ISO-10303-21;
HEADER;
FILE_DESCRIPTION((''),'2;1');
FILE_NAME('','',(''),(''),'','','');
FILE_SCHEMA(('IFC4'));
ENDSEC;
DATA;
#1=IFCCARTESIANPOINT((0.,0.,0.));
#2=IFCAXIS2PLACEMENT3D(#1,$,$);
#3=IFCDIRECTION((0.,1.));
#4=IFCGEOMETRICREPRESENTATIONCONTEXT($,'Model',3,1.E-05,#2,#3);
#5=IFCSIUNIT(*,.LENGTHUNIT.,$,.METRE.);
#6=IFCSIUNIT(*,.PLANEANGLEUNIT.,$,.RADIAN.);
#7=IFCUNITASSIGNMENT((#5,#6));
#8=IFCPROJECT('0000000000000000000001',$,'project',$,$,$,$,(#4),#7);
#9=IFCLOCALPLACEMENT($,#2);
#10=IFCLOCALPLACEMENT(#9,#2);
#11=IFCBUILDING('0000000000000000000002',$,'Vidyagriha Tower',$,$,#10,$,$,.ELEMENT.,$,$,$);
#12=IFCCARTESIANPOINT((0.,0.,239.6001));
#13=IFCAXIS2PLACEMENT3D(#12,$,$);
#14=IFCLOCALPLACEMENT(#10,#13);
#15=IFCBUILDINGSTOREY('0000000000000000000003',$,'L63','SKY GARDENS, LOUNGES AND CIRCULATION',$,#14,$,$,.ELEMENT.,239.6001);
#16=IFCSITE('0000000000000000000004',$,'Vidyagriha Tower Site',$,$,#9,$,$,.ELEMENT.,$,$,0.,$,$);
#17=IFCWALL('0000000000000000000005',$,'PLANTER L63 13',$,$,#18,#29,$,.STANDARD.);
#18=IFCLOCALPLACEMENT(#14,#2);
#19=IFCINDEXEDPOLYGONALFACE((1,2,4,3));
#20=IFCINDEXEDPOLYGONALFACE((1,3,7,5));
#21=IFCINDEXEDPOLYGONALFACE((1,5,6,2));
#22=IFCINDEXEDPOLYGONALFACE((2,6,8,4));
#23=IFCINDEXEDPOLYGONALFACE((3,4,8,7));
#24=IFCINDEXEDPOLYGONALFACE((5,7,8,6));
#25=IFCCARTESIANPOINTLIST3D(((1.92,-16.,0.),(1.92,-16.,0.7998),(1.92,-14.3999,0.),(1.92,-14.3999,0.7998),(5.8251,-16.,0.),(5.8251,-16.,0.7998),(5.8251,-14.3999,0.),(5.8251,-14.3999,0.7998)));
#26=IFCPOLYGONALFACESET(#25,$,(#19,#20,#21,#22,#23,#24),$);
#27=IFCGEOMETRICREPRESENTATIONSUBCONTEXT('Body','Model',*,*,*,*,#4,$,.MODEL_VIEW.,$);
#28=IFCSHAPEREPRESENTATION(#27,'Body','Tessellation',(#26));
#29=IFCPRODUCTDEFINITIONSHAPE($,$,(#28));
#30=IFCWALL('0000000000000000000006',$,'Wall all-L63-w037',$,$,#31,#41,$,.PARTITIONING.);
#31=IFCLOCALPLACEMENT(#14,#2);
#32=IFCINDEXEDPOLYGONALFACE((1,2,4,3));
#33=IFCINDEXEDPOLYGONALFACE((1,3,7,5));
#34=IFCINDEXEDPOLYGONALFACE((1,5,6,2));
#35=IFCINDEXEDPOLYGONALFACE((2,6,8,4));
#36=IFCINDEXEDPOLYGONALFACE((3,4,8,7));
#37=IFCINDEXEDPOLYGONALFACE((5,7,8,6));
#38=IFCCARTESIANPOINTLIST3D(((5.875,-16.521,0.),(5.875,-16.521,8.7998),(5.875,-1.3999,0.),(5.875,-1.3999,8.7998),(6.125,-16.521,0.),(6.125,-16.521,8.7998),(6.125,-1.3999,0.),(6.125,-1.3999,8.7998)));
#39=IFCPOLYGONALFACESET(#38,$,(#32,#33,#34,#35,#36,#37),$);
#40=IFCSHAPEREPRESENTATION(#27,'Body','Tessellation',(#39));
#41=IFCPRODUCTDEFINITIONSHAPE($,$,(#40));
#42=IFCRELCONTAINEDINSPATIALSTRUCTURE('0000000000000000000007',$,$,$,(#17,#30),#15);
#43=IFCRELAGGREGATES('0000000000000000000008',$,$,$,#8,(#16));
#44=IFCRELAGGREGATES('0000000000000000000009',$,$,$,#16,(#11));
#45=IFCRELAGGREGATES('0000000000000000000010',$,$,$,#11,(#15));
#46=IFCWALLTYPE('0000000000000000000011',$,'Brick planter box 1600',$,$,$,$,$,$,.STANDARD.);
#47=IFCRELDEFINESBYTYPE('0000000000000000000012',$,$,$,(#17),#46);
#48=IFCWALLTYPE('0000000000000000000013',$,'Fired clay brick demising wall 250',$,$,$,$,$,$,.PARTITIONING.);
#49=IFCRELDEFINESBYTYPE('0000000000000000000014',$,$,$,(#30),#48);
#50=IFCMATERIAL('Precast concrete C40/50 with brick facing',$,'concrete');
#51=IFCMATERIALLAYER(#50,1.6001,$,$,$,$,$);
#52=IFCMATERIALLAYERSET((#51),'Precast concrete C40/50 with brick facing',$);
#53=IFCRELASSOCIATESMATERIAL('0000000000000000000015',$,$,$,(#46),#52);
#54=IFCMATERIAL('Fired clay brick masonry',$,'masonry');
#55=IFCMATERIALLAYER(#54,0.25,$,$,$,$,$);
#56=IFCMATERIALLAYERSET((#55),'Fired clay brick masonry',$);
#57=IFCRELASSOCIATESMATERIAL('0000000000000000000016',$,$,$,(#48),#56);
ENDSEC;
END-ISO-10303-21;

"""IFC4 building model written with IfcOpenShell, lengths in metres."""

from ifc_helpers import new_model, si_unit, direction, frame, frame_2d, origin, place, context, subcontext, project, spatial, rectangle, extrude, material, layer, layer_set, type_object, element, save


model = new_model("IFC4")

# Units and contexts
model_context = context("Model", 3, precision=1e-05, world=origin(), true_north=direction((0.0, 1.0)))
body_context = subcontext(model_context, "Body", "Model", "MODEL_VIEW")
ifc_project = project(units=[si_unit("LENGTHUNIT", "METRE"), si_unit("PLANEANGLEUNIT", "RADIAN")], contexts=[model_context])

# Site, building, storey
site_placement = place(None, origin())
site = spatial("IfcSite", under=ifc_project, at=site_placement, Name="Vidyagriha Tower Site", CompositionType="ELEMENT", RefElevation=0.0)
building_placement = place(site_placement, origin())
building = spatial("IfcBuilding", under=site, at=building_placement, Name="Vidyagriha Tower", CompositionType="ELEMENT")
storey_placement = place(building_placement, frame((0.0, 0.0, 239.6001)))
storey = spatial("IfcBuildingStorey", under=building, at=storey_placement, Name="L63", Description="SKY GARDENS, LOUNGES AND CIRCULATION", CompositionType="ELEMENT", Elevation=239.6001)

# Walls
ifc_material_1 = material(Name="Precast concrete C40/50 with brick facing", Category="concrete")
ifc_layer_1 = layer(ifc_material_1, 1.6001)
ifc_layer_set_1 = layer_set([ifc_layer_1], Name="Precast concrete C40/50 with brick facing")
wall_type_1 = type_object("IfcWallType", Name="Brick planter box 1600", PredefinedType="STANDARD", material=ifc_layer_set_1)
wall_1_placement = place(storey_placement, frame((1.9199, -15.2, 0.0)))
element("IfcWall", 1, at=wall_1_placement, inside=storey, type_object=wall_type_1, Name="PLANTER L63 13", PredefinedType="STANDARD", context=body_context, shape_type="SweptSolid", body=[
    extrude(rectangle(XDim=3.905, YDim=1.6001, at=frame_2d((1.9526, 0.0))), origin(), (0.0, 0.0, 1.0), 0.7998),
])
ifc_material_2 = material(Name="Fired clay brick masonry", Category="masonry")
ifc_layer_2 = layer(ifc_material_2, 0.25)
ifc_layer_set_2 = layer_set([ifc_layer_2], Name="Fired clay brick masonry")
wall_type_2 = type_object("IfcWallType", Name="Fired clay brick demising wall 250", PredefinedType="PARTITIONING", material=ifc_layer_set_2)
wall_2_placement = place(storey_placement, frame((6.0, -1.3999, 0.0), z_axis=(0.0, 0.0, 1.0), x_axis=(0.0, -1.0, 0.0)))
element("IfcWall", 2, at=wall_2_placement, inside=storey, type_object=wall_type_2, Name="Wall all-L63-w037", PredefinedType="PARTITIONING", context=body_context, shape_type="SweptSolid", body=[
    extrude(rectangle(XDim=15.1211, YDim=0.25, at=frame_2d((7.5605, 0.0))), origin(), (0.0, 0.0, 1.0), 8.7998),
])

save(model, "model.ifc")
